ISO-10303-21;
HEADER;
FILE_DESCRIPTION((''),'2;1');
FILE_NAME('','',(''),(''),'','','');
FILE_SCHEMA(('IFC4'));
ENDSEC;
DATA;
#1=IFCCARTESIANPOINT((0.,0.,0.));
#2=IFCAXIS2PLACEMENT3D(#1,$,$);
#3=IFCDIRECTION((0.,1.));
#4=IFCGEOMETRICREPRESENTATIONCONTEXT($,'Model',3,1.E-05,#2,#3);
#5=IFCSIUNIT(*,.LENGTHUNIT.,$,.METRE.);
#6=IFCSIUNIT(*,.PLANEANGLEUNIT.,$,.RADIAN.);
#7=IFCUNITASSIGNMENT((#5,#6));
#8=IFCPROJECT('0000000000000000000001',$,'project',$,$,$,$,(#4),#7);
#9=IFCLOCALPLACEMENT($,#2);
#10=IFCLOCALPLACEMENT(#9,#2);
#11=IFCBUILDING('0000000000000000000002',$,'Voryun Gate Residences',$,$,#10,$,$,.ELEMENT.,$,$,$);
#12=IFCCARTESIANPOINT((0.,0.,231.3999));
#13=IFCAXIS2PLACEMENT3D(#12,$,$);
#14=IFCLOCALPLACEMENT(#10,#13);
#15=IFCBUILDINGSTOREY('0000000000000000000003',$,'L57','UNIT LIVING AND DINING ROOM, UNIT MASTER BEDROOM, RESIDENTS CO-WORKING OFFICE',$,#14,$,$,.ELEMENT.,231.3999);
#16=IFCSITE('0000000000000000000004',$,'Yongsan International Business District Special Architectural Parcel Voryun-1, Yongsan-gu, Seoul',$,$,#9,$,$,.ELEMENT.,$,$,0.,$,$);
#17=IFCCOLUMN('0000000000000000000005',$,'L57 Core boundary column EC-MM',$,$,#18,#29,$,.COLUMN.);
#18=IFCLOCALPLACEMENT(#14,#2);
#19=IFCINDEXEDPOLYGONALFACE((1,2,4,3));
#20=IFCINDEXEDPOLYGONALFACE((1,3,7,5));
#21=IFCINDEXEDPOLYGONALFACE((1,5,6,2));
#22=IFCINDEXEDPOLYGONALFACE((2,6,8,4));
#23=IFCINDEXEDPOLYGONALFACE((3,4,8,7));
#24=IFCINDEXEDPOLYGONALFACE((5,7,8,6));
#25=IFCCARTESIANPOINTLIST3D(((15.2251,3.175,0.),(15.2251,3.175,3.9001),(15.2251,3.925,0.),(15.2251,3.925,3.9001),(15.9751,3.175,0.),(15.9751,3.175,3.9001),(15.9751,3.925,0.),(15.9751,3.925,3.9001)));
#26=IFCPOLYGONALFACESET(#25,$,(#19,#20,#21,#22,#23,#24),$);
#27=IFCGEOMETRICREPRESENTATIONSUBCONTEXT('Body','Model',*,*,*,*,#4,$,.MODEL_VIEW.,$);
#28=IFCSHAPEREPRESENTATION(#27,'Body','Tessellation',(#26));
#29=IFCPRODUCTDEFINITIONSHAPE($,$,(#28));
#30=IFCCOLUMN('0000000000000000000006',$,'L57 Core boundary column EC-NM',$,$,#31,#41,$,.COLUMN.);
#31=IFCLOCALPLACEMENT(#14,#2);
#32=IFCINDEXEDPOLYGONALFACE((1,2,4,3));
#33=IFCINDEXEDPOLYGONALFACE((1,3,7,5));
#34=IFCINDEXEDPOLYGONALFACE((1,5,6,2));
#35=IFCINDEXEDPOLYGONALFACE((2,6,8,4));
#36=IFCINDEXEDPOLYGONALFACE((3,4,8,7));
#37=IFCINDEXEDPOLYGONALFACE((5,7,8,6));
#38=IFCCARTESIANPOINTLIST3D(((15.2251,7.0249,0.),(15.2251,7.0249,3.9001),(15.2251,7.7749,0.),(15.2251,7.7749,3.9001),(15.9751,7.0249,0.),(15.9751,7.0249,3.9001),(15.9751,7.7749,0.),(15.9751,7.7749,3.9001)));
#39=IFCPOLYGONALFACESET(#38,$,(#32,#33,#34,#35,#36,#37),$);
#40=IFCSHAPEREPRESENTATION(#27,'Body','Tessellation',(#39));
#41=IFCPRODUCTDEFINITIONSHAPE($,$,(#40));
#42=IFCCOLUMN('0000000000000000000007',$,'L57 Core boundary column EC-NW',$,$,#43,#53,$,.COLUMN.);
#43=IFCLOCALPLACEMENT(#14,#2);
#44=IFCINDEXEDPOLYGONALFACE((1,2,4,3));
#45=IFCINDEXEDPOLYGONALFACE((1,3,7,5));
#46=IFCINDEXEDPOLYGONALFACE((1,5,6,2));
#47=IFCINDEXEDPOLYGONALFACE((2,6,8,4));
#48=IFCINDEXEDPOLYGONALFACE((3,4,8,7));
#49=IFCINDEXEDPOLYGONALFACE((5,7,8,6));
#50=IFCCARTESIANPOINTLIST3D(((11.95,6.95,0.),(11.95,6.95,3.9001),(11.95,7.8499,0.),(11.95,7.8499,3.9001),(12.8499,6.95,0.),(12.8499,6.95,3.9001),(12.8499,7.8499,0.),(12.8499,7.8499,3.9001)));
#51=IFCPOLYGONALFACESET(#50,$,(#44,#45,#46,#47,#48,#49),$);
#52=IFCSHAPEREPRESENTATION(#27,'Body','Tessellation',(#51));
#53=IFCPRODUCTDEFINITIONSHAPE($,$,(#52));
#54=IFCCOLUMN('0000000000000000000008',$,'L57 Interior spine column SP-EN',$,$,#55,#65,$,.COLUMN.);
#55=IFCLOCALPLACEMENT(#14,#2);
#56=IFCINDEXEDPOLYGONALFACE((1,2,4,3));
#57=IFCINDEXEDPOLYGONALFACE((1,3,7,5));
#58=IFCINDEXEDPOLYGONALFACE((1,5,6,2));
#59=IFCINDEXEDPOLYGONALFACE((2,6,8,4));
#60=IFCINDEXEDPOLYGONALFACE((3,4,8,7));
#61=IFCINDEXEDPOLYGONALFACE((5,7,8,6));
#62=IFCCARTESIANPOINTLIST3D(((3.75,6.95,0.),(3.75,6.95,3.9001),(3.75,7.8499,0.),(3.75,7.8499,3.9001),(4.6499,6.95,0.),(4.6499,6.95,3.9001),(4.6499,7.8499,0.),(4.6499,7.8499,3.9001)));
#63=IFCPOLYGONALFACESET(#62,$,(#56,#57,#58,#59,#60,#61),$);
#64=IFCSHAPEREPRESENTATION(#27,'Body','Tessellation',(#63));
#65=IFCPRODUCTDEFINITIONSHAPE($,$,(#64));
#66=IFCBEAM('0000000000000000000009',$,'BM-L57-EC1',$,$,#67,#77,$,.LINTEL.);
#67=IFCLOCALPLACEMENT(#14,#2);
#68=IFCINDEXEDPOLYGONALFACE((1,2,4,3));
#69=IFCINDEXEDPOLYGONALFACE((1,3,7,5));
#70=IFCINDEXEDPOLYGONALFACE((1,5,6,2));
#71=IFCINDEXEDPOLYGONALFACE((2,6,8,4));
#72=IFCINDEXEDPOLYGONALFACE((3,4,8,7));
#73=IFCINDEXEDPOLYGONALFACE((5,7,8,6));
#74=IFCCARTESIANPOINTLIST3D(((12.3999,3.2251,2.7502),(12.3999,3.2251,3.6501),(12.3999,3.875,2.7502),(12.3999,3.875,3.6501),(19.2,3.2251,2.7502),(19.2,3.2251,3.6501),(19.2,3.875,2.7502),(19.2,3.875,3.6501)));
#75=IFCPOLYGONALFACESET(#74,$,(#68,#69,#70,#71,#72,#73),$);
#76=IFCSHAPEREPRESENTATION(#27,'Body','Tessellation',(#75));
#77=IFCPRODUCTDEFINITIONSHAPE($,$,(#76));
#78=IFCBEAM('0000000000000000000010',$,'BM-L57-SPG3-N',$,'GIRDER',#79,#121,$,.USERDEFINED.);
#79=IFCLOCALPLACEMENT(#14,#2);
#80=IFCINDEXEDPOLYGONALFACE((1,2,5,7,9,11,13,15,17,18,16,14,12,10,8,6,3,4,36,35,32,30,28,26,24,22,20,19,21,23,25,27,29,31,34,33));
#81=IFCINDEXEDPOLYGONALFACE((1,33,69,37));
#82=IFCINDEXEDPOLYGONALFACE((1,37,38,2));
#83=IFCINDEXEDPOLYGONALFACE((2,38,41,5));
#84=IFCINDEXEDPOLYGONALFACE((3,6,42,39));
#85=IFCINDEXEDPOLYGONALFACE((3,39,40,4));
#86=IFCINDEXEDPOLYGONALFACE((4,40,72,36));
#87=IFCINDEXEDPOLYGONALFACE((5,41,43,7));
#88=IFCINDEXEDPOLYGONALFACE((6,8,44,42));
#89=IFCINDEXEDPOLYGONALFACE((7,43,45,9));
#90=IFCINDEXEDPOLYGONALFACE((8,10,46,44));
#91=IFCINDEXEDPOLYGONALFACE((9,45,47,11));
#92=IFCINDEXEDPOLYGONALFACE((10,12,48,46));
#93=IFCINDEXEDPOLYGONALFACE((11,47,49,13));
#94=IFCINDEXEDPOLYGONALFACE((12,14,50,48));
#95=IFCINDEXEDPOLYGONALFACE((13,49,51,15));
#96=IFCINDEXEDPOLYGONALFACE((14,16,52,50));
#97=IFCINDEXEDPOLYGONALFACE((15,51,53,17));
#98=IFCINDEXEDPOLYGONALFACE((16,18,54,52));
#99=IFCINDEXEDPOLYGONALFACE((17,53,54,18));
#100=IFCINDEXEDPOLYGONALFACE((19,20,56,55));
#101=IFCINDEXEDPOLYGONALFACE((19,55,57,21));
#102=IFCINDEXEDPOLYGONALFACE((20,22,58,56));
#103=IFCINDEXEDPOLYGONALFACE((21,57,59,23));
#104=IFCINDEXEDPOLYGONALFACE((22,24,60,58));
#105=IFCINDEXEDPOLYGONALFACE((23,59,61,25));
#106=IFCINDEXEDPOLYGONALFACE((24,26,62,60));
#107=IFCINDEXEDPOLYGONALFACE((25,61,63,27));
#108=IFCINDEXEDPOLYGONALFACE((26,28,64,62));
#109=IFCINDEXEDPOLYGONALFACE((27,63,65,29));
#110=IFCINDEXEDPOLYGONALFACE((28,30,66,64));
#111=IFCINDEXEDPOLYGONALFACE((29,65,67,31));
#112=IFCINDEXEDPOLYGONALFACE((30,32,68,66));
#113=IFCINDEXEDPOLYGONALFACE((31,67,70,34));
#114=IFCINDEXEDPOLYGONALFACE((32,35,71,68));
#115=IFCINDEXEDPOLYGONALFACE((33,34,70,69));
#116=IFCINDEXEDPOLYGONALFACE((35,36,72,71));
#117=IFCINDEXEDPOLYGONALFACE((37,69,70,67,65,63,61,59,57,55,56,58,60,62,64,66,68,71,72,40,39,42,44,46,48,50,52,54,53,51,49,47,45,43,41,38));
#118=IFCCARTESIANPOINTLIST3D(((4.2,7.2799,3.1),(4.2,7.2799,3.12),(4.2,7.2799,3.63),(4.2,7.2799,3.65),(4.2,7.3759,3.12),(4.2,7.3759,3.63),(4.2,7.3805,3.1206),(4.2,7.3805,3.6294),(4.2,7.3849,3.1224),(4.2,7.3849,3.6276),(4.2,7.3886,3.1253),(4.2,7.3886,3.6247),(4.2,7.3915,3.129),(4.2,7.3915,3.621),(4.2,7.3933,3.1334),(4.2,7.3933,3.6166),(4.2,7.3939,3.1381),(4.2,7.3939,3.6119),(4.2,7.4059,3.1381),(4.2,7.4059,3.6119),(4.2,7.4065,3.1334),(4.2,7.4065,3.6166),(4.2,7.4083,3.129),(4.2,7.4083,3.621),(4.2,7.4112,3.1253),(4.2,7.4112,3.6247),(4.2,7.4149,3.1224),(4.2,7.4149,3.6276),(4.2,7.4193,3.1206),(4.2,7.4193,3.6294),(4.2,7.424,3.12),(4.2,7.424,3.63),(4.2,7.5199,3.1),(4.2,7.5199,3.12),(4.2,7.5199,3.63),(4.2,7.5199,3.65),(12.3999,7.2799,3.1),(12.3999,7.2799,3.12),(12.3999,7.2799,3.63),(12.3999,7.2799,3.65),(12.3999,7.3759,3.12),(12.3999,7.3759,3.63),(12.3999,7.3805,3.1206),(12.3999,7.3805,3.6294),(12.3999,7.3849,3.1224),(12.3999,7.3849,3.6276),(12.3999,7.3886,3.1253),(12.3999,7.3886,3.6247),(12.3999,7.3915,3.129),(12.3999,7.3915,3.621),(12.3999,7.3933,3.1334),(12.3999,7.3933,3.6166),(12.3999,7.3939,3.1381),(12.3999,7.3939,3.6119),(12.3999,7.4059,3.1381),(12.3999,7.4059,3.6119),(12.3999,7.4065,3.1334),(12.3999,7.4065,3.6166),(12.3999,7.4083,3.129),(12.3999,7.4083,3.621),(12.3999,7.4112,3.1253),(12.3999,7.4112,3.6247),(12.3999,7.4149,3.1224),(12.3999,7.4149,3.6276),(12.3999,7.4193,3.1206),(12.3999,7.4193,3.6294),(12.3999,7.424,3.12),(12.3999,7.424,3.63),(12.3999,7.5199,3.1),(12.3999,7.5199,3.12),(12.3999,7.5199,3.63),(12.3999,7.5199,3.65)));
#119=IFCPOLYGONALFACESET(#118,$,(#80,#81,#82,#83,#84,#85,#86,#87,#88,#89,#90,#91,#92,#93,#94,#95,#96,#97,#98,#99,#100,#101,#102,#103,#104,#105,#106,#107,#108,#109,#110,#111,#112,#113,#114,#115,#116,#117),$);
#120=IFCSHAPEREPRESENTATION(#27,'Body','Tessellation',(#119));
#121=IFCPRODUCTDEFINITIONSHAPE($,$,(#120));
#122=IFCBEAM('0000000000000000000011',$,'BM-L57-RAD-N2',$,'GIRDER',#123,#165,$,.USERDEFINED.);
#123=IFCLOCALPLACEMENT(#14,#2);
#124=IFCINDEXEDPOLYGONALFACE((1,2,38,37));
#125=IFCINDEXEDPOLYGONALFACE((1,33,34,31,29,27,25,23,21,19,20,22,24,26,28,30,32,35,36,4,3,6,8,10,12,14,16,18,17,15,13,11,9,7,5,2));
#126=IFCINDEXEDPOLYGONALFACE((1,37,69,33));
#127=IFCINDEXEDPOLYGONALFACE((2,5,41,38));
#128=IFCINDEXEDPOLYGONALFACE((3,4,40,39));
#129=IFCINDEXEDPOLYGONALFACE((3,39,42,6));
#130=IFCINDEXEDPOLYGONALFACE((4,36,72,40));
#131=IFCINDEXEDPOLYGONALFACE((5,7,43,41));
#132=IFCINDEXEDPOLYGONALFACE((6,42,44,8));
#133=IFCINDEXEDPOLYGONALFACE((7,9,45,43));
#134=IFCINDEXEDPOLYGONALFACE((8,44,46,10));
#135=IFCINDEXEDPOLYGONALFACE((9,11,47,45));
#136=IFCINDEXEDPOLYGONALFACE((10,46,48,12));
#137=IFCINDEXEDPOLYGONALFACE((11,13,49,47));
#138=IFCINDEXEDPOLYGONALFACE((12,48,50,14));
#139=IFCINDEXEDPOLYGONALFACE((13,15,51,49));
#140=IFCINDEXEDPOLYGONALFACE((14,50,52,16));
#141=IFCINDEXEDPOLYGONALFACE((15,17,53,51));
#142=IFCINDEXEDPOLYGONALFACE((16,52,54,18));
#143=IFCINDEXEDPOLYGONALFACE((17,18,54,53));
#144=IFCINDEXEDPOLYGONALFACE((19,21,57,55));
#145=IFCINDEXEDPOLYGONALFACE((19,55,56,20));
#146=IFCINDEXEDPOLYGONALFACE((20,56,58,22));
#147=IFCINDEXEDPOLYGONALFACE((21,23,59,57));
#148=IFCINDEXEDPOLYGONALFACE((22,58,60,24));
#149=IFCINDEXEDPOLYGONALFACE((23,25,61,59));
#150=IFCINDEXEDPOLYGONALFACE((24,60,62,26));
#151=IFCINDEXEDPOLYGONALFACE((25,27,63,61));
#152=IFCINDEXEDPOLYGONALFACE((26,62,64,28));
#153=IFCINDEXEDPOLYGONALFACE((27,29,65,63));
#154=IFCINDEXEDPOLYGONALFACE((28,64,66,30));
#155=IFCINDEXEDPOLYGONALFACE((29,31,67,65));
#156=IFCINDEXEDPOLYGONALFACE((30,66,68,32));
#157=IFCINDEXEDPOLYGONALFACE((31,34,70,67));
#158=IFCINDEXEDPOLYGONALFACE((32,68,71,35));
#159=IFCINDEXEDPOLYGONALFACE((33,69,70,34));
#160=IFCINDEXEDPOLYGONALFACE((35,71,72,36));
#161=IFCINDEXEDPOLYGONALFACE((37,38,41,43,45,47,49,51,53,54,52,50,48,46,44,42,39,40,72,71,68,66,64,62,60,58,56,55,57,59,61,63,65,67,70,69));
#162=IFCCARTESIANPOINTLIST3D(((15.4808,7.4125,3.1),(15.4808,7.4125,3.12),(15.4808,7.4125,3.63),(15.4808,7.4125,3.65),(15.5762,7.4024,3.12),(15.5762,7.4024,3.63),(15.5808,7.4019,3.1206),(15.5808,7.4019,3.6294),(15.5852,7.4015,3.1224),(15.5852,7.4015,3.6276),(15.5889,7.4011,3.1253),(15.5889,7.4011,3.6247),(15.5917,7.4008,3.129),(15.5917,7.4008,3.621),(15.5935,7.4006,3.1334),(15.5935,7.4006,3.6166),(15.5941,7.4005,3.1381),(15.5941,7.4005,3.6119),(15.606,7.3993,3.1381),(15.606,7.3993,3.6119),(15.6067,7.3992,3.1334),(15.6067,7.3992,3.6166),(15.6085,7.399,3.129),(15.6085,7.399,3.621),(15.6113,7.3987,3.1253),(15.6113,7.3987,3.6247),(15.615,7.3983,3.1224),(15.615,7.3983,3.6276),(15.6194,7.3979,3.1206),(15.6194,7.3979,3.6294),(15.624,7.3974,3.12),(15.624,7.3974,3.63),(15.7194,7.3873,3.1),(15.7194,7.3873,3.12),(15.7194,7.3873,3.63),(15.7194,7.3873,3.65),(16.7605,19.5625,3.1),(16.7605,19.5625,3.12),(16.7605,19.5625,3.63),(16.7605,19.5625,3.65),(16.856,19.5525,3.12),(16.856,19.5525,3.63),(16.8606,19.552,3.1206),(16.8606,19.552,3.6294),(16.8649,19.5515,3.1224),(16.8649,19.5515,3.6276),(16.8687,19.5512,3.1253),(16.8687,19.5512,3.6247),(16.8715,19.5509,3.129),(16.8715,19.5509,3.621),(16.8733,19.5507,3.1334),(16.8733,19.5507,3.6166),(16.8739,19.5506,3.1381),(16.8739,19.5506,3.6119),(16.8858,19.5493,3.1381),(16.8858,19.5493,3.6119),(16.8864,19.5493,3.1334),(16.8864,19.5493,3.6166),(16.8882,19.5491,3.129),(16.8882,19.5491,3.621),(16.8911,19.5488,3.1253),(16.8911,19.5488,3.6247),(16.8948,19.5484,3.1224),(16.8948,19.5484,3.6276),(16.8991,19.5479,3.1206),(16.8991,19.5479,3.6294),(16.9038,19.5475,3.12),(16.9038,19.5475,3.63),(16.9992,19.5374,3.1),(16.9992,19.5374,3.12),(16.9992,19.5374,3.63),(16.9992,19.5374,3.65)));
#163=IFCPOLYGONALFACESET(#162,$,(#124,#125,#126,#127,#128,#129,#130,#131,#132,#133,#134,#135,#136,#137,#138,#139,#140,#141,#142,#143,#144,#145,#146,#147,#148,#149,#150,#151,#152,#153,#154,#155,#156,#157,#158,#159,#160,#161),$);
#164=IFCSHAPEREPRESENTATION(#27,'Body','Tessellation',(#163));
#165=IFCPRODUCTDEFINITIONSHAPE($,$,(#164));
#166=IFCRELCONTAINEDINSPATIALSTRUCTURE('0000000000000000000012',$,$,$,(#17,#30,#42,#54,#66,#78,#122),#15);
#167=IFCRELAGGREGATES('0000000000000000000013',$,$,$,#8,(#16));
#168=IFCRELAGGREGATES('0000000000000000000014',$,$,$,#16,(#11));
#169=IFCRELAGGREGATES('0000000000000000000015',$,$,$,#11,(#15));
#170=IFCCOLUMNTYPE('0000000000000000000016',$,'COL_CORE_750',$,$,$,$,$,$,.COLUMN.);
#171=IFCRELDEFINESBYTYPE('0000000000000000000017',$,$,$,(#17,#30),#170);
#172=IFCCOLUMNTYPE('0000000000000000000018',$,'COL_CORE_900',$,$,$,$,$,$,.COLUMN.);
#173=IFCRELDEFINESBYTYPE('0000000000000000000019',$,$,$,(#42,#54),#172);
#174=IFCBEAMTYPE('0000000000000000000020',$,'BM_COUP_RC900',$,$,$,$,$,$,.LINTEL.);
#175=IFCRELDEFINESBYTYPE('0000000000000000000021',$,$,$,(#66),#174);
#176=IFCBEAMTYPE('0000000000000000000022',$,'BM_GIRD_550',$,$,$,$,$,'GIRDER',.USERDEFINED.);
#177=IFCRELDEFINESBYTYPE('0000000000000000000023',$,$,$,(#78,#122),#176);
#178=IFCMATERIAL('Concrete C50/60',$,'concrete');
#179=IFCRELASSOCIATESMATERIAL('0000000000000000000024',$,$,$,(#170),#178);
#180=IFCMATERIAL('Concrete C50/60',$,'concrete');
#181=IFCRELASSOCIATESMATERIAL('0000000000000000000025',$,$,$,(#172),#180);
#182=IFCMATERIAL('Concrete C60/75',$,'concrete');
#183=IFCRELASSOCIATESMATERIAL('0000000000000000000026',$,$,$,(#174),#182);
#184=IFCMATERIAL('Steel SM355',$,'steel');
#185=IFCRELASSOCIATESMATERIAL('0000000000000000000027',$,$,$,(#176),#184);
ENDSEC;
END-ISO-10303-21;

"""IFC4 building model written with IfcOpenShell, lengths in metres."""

from ifc_helpers import new_model, si_unit, direction, frame, origin, origin_2d, place, context, subcontext, project, spatial, rectangle, i_section, extrude, material, material_profile, profile_set, type_object, element, save


model = new_model("IFC4")

# Units and contexts
model_context = context("Model", 3, precision=1e-05, world=origin(), true_north=direction((0.0, 1.0)))
body_context = subcontext(model_context, "Body", "Model", "MODEL_VIEW")
ifc_project = project(units=[si_unit("LENGTHUNIT", "METRE"), si_unit("PLANEANGLEUNIT", "RADIAN")], contexts=[model_context])

# Site, building, storey
site_placement = place(None, origin())
site = spatial("IfcSite", under=ifc_project, at=site_placement, Name="Yongsan International Business District Special Architectural Parcel Voryun-1, Yongsan-gu, Seoul", CompositionType="ELEMENT", RefElevation=0.0)
building_placement = place(site_placement, origin())
building = spatial("IfcBuilding", under=site, at=building_placement, Name="Voryun Gate Residences", CompositionType="ELEMENT")
storey_placement = place(building_placement, frame((0.0, 0.0, 231.3999)))
storey = spatial("IfcBuildingStorey", under=building, at=storey_placement, Name="L57", Description="UNIT LIVING AND DINING ROOM, UNIT MASTER BEDROOM, RESIDENTS CO-WORKING OFFICE", CompositionType="ELEMENT", Elevation=231.3999)

# Columns
ifc_material_1 = material(Name="Concrete C50/60", Category="concrete")
ifc_material_profile_1 = material_profile(ifc_material_1, rectangle(XDim=0.75, YDim=0.75, at=origin_2d()), Name="RC-750x750")
ifc_profile_set_1 = profile_set([ifc_material_profile_1], Name="Concrete C50/60")
column_type_1 = type_object("IfcColumnType", Name="COL_CORE_750", PredefinedType="COLUMN", material=ifc_profile_set_1)
for number, where, z_axis, x_axis, name in (
    (1, (15.6001, 3.55, 0.0), (0.0, 0.0, 1.0), (1.0, 0.0, 0.0), "L57 Core boundary column EC-MM"),
    (2, (15.6001, 7.3999, 0.0), (0.0, 0.0, 1.0), (1.0, 0.0, 0.0), "L57 Core boundary column EC-NM"),
):
    element("IfcColumn", number, at=place(storey_placement, frame(where, z_axis=z_axis, x_axis=x_axis)), inside=storey, type_object=column_type_1, Name=name, PredefinedType="COLUMN", context=body_context, shape_type="SweptSolid", body=[
        extrude(rectangle(XDim=0.75, YDim=0.75, at=origin_2d()), origin(), (0.0, 0.0, 1.0), 3.9001),
    ])
ifc_material_2 = material(Name="Concrete C50/60", Category="concrete")
ifc_material_profile_2 = material_profile(ifc_material_2, rectangle(XDim=0.8999, YDim=0.8999, at=origin_2d()), Name="RC-900x900")
ifc_profile_set_2 = profile_set([ifc_material_profile_2], Name="Concrete C50/60")
column_type_2 = type_object("IfcColumnType", Name="COL_CORE_900", PredefinedType="COLUMN", material=ifc_profile_set_2)
for number, where, z_axis, x_axis, name in (
    (3, (12.3999, 7.3999, 0.0), (0.0, 0.0, 1.0), (1.0, 0.0, 0.0), "L57 Core boundary column EC-NW"),
    (4, (4.2, 7.3999, 0.0), (0.0, 0.0, 1.0), (1.0, 0.0, 0.0), "L57 Interior spine column SP-EN"),
):
    element("IfcColumn", number, at=place(storey_placement, frame(where, z_axis=z_axis, x_axis=x_axis)), inside=storey, type_object=column_type_2, Name=name, PredefinedType="COLUMN", context=body_context, shape_type="SweptSolid", body=[
        extrude(rectangle(XDim=0.8999, YDim=0.8999, at=origin_2d()), origin(), (0.0, 0.0, 1.0), 3.9001),
    ])

# Beams
ifc_material_3 = material(Name="Concrete C60/75", Category="concrete")
ifc_material_profile_3 = material_profile(ifc_material_3, rectangle(XDim=0.6499, YDim=0.8999, at=origin_2d()), Name="RC-650x900")
ifc_profile_set_3 = profile_set([ifc_material_profile_3], Name="Concrete C60/75")
beam_type_1 = type_object("IfcBeamType", Name="BM_COUP_RC900", PredefinedType="LINTEL", material=ifc_profile_set_3)
beam_1_placement = place(storey_placement, frame((12.3999, 3.55, 3.2002), z_axis=(1.0, 0.0, 0.0), x_axis=(0.0, 1.0, 0.0)))
element("IfcBeam", 5, at=beam_1_placement, inside=storey, type_object=beam_type_1, Name="BM-L57-EC1", PredefinedType="LINTEL", context=body_context, shape_type="SweptSolid", body=[
    extrude(rectangle(XDim=0.6499, YDim=0.8999, at=origin_2d()), origin(), (0.0, 0.0, 1.0), 6.8),
])
ifc_material_4 = material(Name="Steel SM355", Category="steel")
ifc_material_profile_4 = material_profile(ifc_material_4, i_section(OverallWidth=0.24, OverallDepth=0.55, WebThickness=0.012, FlangeThickness=0.02, FilletRadius=0.0181, at=origin_2d()), Name="H-550x240x12x20")
ifc_profile_set_4 = profile_set([ifc_material_profile_4], Name="Steel SM355")
beam_type_2 = type_object("IfcBeamType", Name="BM_GIRD_550", ElementType="GIRDER", PredefinedType="USERDEFINED", material=ifc_profile_set_4)
beam_2_placement = place(storey_placement, frame((4.2, 7.3999, 3.375), z_axis=(1.0, 0.0, 0.0), x_axis=(0.0, 1.0, 0.0)))
element("IfcBeam", 6, at=beam_2_placement, inside=storey, type_object=beam_type_2, Name="BM-L57-SPG3-N", ObjectType="GIRDER", PredefinedType="USERDEFINED", context=body_context, shape_type="SweptSolid", body=[
    extrude(i_section(OverallWidth=0.24, OverallDepth=0.55, WebThickness=0.012, FlangeThickness=0.02, FilletRadius=0.0181, at=origin_2d()), origin(), (0.0, 0.0, 1.0), 8.2),
])
beam_3_placement = place(storey_placement, frame((15.6001, 7.3999, 3.375), z_axis=(0.104751, 0.994498, 0.0), x_axis=(-0.994498, 0.104751, 0.0)))
element("IfcBeam", 7, at=beam_3_placement, inside=storey, type_object=beam_type_2, Name="BM-L57-RAD-N2", ObjectType="GIRDER", PredefinedType="USERDEFINED", context=body_context, shape_type="SweptSolid", body=[
    extrude(i_section(OverallWidth=0.24, OverallDepth=0.55, WebThickness=0.012, FlangeThickness=0.02, FilletRadius=0.0181, at=origin_2d()), origin(), (0.0, 0.0, 1.0), 12.2173),
])

save(model, "model.ifc")
